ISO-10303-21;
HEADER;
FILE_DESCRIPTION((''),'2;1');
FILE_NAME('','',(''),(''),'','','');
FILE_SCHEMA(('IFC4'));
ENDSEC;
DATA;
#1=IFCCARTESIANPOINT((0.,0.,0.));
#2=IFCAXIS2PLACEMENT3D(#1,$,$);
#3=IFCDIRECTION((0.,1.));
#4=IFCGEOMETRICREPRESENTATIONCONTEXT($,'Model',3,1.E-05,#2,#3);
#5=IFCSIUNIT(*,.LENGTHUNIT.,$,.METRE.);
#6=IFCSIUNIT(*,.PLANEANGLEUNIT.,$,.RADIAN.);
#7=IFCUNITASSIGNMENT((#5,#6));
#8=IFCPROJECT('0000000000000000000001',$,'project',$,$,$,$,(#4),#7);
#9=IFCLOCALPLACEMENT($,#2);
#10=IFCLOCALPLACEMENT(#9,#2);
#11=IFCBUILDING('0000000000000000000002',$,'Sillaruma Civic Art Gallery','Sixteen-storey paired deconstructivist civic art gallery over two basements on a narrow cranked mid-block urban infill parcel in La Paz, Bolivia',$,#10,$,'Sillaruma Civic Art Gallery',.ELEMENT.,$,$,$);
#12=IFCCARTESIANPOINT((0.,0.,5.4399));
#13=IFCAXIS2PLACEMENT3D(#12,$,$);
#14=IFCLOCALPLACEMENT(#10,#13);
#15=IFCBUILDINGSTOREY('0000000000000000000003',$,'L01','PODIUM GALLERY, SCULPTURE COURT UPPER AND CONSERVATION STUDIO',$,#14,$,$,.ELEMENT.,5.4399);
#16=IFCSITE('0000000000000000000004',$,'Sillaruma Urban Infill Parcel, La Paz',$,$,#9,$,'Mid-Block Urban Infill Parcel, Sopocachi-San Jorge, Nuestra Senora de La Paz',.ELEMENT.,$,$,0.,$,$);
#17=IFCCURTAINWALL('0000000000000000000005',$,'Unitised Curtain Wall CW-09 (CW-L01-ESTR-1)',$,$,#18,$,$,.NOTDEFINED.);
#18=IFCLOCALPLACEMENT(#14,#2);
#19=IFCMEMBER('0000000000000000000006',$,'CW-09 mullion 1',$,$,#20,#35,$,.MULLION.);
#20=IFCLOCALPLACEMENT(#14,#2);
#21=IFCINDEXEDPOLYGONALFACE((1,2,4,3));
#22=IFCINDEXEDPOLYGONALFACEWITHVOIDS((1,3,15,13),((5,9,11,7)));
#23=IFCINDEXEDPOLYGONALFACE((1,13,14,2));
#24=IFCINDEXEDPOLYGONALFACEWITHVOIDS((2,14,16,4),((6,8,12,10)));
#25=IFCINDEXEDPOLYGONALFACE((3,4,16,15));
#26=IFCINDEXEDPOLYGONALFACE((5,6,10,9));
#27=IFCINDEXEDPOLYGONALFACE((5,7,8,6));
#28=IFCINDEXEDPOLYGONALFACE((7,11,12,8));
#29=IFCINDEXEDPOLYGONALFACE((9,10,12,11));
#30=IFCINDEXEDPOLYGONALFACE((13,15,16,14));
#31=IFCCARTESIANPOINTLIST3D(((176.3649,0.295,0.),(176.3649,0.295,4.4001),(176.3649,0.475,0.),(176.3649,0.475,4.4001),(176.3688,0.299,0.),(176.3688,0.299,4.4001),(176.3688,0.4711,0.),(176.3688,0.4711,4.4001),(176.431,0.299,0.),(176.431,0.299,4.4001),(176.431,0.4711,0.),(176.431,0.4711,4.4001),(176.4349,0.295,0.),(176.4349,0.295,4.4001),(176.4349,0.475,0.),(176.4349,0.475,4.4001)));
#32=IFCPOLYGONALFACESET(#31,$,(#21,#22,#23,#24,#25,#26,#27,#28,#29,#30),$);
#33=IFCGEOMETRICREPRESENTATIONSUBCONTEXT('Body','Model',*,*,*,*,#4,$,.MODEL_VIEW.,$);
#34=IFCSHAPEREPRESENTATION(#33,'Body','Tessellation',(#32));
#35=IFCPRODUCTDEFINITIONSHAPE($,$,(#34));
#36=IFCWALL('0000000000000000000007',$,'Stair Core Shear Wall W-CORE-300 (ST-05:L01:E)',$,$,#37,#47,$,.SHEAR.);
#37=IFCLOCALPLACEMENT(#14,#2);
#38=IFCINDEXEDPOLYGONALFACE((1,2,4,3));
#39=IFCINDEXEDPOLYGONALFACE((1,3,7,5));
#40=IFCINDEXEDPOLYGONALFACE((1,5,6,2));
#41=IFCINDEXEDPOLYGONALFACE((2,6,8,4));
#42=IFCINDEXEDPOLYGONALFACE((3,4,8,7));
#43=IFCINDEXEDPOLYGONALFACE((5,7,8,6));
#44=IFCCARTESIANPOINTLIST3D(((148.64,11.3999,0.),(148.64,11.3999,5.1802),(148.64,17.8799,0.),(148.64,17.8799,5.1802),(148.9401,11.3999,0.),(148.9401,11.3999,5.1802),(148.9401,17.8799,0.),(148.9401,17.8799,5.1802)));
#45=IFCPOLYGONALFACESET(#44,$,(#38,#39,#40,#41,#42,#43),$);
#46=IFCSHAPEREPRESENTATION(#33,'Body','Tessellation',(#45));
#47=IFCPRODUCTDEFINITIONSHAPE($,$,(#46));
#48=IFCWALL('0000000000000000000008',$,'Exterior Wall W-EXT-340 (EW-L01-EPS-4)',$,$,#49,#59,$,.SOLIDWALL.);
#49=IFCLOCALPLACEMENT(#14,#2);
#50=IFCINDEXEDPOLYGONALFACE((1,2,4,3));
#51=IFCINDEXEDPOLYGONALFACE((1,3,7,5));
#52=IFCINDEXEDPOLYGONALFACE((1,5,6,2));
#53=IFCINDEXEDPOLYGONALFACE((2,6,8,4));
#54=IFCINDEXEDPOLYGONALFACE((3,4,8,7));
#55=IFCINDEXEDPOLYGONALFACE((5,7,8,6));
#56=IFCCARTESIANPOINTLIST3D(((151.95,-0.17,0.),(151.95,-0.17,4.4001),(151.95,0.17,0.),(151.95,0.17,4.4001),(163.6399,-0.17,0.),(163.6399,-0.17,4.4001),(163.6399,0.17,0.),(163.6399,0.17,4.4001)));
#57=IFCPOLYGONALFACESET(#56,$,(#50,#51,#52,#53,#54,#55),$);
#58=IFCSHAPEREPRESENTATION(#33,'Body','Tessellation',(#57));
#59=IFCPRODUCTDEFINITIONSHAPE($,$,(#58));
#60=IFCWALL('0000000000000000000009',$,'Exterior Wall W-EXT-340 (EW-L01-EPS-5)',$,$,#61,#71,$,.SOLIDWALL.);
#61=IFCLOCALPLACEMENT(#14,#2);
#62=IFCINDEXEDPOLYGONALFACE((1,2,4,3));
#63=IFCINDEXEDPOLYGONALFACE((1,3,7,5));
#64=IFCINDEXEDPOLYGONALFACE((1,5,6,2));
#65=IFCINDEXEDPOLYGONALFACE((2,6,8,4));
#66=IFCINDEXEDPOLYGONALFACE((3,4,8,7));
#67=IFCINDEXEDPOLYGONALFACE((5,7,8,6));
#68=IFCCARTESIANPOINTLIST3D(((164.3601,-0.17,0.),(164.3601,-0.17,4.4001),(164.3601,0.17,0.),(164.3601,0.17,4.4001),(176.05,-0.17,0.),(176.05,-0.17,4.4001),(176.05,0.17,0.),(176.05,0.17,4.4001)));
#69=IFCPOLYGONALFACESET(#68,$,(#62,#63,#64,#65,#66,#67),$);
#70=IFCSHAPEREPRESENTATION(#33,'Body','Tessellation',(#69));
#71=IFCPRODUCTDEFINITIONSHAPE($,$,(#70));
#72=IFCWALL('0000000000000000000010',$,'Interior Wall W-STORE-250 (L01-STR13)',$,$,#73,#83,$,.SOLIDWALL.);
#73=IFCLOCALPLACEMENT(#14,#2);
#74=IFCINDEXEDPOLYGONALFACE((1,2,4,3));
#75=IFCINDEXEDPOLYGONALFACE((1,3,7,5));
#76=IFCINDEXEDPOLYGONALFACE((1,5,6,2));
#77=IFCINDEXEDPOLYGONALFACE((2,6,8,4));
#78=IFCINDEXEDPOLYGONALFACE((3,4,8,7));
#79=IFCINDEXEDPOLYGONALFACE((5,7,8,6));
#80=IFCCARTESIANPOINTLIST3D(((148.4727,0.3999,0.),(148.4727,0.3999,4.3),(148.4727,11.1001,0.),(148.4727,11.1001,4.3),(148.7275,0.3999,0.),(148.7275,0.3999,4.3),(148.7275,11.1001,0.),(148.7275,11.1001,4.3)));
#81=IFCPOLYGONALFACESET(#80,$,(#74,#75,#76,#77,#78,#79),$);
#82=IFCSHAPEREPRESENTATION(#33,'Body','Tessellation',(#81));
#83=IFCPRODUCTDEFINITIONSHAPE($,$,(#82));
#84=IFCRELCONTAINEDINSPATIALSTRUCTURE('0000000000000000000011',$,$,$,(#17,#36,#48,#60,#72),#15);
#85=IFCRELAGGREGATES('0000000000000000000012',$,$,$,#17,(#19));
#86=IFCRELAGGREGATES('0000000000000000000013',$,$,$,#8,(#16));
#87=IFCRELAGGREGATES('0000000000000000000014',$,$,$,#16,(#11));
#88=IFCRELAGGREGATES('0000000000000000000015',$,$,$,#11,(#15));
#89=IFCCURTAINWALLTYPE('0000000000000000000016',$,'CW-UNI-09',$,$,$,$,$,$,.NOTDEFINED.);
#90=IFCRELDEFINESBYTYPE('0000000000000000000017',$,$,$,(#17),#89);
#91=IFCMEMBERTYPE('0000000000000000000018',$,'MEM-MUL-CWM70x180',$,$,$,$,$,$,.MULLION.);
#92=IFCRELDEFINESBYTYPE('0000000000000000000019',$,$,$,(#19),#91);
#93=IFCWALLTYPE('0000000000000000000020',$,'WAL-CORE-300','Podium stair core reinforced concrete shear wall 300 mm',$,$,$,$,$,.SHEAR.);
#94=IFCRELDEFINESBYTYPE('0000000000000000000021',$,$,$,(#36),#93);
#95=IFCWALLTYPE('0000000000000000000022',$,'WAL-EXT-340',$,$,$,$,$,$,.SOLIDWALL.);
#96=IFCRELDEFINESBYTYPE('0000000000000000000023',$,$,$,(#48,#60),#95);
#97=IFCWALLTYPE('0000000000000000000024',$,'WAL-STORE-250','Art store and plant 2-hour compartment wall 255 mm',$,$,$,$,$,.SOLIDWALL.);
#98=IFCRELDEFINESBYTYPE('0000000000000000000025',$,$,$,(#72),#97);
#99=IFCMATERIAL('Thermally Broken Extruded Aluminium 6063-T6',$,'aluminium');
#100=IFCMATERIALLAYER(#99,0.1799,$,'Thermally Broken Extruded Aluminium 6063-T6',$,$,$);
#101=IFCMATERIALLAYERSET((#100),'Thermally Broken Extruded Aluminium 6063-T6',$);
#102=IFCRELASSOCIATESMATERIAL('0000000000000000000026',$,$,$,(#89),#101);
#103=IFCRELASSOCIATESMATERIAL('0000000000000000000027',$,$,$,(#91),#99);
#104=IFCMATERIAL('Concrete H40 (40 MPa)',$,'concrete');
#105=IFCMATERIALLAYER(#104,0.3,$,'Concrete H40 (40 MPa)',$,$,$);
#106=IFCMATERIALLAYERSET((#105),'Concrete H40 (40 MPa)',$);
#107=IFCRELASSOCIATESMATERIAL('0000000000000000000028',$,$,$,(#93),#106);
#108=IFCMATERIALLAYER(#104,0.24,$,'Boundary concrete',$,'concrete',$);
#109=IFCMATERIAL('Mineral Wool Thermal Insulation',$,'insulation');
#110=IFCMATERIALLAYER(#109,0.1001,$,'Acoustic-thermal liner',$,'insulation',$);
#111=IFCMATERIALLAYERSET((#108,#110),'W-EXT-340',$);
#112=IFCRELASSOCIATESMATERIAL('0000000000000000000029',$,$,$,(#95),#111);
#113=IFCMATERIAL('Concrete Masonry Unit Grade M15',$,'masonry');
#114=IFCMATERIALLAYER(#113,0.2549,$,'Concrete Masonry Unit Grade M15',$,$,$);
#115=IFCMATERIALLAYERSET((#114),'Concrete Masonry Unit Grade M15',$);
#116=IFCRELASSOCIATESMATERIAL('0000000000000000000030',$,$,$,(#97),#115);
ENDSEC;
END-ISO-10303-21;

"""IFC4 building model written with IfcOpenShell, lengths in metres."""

from ifc_helpers import new_model, si_unit, direction, frame, frame_2d, origin, origin_2d, place, context, subcontext, project, spatial, rectangle, hollow_rectangle, extrude, material, layer, layer_set, material_profile, profile_set, type_object, element, aggregate, save


model = new_model("IFC4")

# Units and contexts
model_context = context("Model", 3, precision=1e-05, world=origin(), true_north=direction((0.0, 1.0)))
body_context = subcontext(model_context, "Body", "Model", "MODEL_VIEW")
ifc_project = project(units=[si_unit("LENGTHUNIT", "METRE"), si_unit("PLANEANGLEUNIT", "RADIAN")], contexts=[model_context])

# Site, building, storey
site_placement = place(None, origin())
site = spatial("IfcSite", under=ifc_project, at=site_placement, Name="Sillaruma Urban Infill Parcel, La Paz", LongName="Mid-Block Urban Infill Parcel, Sopocachi-San Jorge, Nuestra Senora de La Paz", CompositionType="ELEMENT", RefElevation=0.0)
building_placement = place(site_placement, origin())
building = spatial("IfcBuilding", under=site, at=building_placement, Name="Sillaruma Civic Art Gallery", Description="Sixteen-storey paired deconstructivist civic art gallery over two basements on a narrow cranked mid-block urban infill parcel in La Paz, Bolivia", LongName="Sillaruma Civic Art Gallery", CompositionType="ELEMENT")
storey_placement = place(building_placement, frame((0.0, 0.0, 5.4399)))
storey = spatial("IfcBuildingStorey", under=building, at=storey_placement, Name="L01", Description="PODIUM GALLERY, SCULPTURE COURT UPPER AND CONSERVATION STUDIO", CompositionType="ELEMENT", Elevation=5.4399)

# Shared definitions
ifc_material_1 = material(Name="Concrete H40 (40 MPa)", Category="concrete")

# Curtain wall, member
ifc_material_2 = material(Name="Thermally Broken Extruded Aluminium 6063-T6", Category="aluminium")
ifc_layer_1 = layer(ifc_material_2, 0.1799, Name="Thermally Broken Extruded Aluminium 6063-T6")
ifc_layer_set_1 = layer_set([ifc_layer_1], Name="Thermally Broken Extruded Aluminium 6063-T6")
curtain_wall_type = type_object("IfcCurtainWallType", Name="CW-UNI-09", PredefinedType="NOTDEFINED", material=ifc_layer_set_1)
curtain_wall_placement = place(storey_placement, origin())
curtain_wall = element("IfcCurtainWall", 1, at=curtain_wall_placement, inside=storey, type_object=curtain_wall_type, Name="Unitised Curtain Wall CW-09 (CW-L01-ESTR-1)", PredefinedType="NOTDEFINED")
ifc_material_profile_1 = material_profile(ifc_material_2, hollow_rectangle(XDim=0.0701, YDim=0.1799, WallThickness=0.0039, at=origin_2d()), Name="CWM70x180")
ifc_profile_set_1 = profile_set([ifc_material_profile_1], Name="Thermally Broken Extruded Aluminium 6063-T6")
member_type = type_object("IfcMemberType", Name="MEM-MUL-CWM70x180", PredefinedType="MULLION", material=ifc_profile_set_1)
member_placement = place(storey_placement, frame((176.3999, 0.385, 0.0), z_axis=(0.0, 0.0, 1.0), x_axis=(-1.0, 0.0, 0.0)))
member = element("IfcMember", 2, at=member_placement, type_object=member_type, Name="CW-09 mullion 1", PredefinedType="MULLION", context=body_context, shape_type="SweptSolid", body=[
    extrude(hollow_rectangle(XDim=0.0701, YDim=0.1799, WallThickness=0.0039, at=origin_2d()), origin(), (0.0, 0.0, 1.0), 4.4001),
])
aggregate(curtain_wall, [member])

# Walls
ifc_layer_2 = layer(ifc_material_1, 0.3, Name="Concrete H40 (40 MPa)")
ifc_layer_set_2 = layer_set([ifc_layer_2], Name="Concrete H40 (40 MPa)")
wall_type_1 = type_object("IfcWallType", Name="WAL-CORE-300", Description="Podium stair core reinforced concrete shear wall 300 mm", PredefinedType="SHEAR", material=ifc_layer_set_2)
wall_1_placement = place(storey_placement, frame((148.79, 11.3999, 0.0), z_axis=(0.0, 0.0, 1.0), x_axis=(0.0, 1.0, 0.0)))
element("IfcWall", 3, at=wall_1_placement, inside=storey, type_object=wall_type_1, Name="Stair Core Shear Wall W-CORE-300 (ST-05:L01:E)", PredefinedType="SHEAR", context=body_context, shape_type="SweptSolid", body=[
    extrude(rectangle(XDim=6.48, YDim=0.3, at=frame_2d((3.24, 0.0))), origin(), (0.0, 0.0, 1.0), 5.1802),
])
ifc_layer_3 = layer(ifc_material_1, 0.24, Name="Boundary concrete", Category="concrete")
ifc_material_3 = material(Name="Mineral Wool Thermal Insulation", Category="insulation")
ifc_layer_4 = layer(ifc_material_3, 0.1001, Name="Acoustic-thermal liner", Category="insulation")
ifc_layer_set_3 = layer_set([ifc_layer_3, ifc_layer_4], Name="W-EXT-340")
wall_type_2 = type_object("IfcWallType", Name="WAL-EXT-340", PredefinedType="SOLIDWALL", material=ifc_layer_set_3)
for number, where, z_axis, x_axis, name in (
    (4, (151.95, 0.0, 0.0), (0.0, 0.0, 1.0), (1.0, 0.0, 0.0), "Exterior Wall W-EXT-340 (EW-L01-EPS-4)"),
    (5, (164.3601, 0.0, 0.0), (0.0, 0.0, 1.0), (1.0, 0.0, 0.0), "Exterior Wall W-EXT-340 (EW-L01-EPS-5)"),
):
    element("IfcWall", number, at=place(storey_placement, frame(where, z_axis=z_axis, x_axis=x_axis)), inside=storey, type_object=wall_type_2, Name=name, PredefinedType="SOLIDWALL", context=body_context, shape_type="SweptSolid", body=[
        extrude(rectangle(XDim=11.6899, YDim=0.3401, at=frame_2d((5.845, 0.0))), origin(), (0.0, 0.0, 1.0), 4.4001),
    ])
ifc_material_4 = material(Name="Concrete Masonry Unit Grade M15", Category="masonry")
ifc_layer_5 = layer(ifc_material_4, 0.2549, Name="Concrete Masonry Unit Grade M15")
ifc_layer_set_4 = layer_set([ifc_layer_5], Name="Concrete Masonry Unit Grade M15")
wall_type_3 = type_object("IfcWallType", Name="WAL-STORE-250", Description="Art store and plant 2-hour compartment wall 255 mm", PredefinedType="SOLIDWALL", material=ifc_layer_set_4)
wall_2_placement = place(storey_placement, frame((148.6001, 0.3999, 0.0), z_axis=(0.0, 0.0, 1.0), x_axis=(0.0, 1.0, 0.0)))
element("IfcWall", 6, at=wall_2_placement, inside=storey, type_object=wall_type_3, Name="Interior Wall W-STORE-250 (L01-STR13)", PredefinedType="SOLIDWALL", context=body_context, shape_type="SweptSolid", body=[
    extrude(rectangle(XDim=10.7002, YDim=0.2549, at=frame_2d((5.3501, 0.0))), origin(), (0.0, 0.0, 1.0), 4.3),
])

save(model, "model.ifc")
